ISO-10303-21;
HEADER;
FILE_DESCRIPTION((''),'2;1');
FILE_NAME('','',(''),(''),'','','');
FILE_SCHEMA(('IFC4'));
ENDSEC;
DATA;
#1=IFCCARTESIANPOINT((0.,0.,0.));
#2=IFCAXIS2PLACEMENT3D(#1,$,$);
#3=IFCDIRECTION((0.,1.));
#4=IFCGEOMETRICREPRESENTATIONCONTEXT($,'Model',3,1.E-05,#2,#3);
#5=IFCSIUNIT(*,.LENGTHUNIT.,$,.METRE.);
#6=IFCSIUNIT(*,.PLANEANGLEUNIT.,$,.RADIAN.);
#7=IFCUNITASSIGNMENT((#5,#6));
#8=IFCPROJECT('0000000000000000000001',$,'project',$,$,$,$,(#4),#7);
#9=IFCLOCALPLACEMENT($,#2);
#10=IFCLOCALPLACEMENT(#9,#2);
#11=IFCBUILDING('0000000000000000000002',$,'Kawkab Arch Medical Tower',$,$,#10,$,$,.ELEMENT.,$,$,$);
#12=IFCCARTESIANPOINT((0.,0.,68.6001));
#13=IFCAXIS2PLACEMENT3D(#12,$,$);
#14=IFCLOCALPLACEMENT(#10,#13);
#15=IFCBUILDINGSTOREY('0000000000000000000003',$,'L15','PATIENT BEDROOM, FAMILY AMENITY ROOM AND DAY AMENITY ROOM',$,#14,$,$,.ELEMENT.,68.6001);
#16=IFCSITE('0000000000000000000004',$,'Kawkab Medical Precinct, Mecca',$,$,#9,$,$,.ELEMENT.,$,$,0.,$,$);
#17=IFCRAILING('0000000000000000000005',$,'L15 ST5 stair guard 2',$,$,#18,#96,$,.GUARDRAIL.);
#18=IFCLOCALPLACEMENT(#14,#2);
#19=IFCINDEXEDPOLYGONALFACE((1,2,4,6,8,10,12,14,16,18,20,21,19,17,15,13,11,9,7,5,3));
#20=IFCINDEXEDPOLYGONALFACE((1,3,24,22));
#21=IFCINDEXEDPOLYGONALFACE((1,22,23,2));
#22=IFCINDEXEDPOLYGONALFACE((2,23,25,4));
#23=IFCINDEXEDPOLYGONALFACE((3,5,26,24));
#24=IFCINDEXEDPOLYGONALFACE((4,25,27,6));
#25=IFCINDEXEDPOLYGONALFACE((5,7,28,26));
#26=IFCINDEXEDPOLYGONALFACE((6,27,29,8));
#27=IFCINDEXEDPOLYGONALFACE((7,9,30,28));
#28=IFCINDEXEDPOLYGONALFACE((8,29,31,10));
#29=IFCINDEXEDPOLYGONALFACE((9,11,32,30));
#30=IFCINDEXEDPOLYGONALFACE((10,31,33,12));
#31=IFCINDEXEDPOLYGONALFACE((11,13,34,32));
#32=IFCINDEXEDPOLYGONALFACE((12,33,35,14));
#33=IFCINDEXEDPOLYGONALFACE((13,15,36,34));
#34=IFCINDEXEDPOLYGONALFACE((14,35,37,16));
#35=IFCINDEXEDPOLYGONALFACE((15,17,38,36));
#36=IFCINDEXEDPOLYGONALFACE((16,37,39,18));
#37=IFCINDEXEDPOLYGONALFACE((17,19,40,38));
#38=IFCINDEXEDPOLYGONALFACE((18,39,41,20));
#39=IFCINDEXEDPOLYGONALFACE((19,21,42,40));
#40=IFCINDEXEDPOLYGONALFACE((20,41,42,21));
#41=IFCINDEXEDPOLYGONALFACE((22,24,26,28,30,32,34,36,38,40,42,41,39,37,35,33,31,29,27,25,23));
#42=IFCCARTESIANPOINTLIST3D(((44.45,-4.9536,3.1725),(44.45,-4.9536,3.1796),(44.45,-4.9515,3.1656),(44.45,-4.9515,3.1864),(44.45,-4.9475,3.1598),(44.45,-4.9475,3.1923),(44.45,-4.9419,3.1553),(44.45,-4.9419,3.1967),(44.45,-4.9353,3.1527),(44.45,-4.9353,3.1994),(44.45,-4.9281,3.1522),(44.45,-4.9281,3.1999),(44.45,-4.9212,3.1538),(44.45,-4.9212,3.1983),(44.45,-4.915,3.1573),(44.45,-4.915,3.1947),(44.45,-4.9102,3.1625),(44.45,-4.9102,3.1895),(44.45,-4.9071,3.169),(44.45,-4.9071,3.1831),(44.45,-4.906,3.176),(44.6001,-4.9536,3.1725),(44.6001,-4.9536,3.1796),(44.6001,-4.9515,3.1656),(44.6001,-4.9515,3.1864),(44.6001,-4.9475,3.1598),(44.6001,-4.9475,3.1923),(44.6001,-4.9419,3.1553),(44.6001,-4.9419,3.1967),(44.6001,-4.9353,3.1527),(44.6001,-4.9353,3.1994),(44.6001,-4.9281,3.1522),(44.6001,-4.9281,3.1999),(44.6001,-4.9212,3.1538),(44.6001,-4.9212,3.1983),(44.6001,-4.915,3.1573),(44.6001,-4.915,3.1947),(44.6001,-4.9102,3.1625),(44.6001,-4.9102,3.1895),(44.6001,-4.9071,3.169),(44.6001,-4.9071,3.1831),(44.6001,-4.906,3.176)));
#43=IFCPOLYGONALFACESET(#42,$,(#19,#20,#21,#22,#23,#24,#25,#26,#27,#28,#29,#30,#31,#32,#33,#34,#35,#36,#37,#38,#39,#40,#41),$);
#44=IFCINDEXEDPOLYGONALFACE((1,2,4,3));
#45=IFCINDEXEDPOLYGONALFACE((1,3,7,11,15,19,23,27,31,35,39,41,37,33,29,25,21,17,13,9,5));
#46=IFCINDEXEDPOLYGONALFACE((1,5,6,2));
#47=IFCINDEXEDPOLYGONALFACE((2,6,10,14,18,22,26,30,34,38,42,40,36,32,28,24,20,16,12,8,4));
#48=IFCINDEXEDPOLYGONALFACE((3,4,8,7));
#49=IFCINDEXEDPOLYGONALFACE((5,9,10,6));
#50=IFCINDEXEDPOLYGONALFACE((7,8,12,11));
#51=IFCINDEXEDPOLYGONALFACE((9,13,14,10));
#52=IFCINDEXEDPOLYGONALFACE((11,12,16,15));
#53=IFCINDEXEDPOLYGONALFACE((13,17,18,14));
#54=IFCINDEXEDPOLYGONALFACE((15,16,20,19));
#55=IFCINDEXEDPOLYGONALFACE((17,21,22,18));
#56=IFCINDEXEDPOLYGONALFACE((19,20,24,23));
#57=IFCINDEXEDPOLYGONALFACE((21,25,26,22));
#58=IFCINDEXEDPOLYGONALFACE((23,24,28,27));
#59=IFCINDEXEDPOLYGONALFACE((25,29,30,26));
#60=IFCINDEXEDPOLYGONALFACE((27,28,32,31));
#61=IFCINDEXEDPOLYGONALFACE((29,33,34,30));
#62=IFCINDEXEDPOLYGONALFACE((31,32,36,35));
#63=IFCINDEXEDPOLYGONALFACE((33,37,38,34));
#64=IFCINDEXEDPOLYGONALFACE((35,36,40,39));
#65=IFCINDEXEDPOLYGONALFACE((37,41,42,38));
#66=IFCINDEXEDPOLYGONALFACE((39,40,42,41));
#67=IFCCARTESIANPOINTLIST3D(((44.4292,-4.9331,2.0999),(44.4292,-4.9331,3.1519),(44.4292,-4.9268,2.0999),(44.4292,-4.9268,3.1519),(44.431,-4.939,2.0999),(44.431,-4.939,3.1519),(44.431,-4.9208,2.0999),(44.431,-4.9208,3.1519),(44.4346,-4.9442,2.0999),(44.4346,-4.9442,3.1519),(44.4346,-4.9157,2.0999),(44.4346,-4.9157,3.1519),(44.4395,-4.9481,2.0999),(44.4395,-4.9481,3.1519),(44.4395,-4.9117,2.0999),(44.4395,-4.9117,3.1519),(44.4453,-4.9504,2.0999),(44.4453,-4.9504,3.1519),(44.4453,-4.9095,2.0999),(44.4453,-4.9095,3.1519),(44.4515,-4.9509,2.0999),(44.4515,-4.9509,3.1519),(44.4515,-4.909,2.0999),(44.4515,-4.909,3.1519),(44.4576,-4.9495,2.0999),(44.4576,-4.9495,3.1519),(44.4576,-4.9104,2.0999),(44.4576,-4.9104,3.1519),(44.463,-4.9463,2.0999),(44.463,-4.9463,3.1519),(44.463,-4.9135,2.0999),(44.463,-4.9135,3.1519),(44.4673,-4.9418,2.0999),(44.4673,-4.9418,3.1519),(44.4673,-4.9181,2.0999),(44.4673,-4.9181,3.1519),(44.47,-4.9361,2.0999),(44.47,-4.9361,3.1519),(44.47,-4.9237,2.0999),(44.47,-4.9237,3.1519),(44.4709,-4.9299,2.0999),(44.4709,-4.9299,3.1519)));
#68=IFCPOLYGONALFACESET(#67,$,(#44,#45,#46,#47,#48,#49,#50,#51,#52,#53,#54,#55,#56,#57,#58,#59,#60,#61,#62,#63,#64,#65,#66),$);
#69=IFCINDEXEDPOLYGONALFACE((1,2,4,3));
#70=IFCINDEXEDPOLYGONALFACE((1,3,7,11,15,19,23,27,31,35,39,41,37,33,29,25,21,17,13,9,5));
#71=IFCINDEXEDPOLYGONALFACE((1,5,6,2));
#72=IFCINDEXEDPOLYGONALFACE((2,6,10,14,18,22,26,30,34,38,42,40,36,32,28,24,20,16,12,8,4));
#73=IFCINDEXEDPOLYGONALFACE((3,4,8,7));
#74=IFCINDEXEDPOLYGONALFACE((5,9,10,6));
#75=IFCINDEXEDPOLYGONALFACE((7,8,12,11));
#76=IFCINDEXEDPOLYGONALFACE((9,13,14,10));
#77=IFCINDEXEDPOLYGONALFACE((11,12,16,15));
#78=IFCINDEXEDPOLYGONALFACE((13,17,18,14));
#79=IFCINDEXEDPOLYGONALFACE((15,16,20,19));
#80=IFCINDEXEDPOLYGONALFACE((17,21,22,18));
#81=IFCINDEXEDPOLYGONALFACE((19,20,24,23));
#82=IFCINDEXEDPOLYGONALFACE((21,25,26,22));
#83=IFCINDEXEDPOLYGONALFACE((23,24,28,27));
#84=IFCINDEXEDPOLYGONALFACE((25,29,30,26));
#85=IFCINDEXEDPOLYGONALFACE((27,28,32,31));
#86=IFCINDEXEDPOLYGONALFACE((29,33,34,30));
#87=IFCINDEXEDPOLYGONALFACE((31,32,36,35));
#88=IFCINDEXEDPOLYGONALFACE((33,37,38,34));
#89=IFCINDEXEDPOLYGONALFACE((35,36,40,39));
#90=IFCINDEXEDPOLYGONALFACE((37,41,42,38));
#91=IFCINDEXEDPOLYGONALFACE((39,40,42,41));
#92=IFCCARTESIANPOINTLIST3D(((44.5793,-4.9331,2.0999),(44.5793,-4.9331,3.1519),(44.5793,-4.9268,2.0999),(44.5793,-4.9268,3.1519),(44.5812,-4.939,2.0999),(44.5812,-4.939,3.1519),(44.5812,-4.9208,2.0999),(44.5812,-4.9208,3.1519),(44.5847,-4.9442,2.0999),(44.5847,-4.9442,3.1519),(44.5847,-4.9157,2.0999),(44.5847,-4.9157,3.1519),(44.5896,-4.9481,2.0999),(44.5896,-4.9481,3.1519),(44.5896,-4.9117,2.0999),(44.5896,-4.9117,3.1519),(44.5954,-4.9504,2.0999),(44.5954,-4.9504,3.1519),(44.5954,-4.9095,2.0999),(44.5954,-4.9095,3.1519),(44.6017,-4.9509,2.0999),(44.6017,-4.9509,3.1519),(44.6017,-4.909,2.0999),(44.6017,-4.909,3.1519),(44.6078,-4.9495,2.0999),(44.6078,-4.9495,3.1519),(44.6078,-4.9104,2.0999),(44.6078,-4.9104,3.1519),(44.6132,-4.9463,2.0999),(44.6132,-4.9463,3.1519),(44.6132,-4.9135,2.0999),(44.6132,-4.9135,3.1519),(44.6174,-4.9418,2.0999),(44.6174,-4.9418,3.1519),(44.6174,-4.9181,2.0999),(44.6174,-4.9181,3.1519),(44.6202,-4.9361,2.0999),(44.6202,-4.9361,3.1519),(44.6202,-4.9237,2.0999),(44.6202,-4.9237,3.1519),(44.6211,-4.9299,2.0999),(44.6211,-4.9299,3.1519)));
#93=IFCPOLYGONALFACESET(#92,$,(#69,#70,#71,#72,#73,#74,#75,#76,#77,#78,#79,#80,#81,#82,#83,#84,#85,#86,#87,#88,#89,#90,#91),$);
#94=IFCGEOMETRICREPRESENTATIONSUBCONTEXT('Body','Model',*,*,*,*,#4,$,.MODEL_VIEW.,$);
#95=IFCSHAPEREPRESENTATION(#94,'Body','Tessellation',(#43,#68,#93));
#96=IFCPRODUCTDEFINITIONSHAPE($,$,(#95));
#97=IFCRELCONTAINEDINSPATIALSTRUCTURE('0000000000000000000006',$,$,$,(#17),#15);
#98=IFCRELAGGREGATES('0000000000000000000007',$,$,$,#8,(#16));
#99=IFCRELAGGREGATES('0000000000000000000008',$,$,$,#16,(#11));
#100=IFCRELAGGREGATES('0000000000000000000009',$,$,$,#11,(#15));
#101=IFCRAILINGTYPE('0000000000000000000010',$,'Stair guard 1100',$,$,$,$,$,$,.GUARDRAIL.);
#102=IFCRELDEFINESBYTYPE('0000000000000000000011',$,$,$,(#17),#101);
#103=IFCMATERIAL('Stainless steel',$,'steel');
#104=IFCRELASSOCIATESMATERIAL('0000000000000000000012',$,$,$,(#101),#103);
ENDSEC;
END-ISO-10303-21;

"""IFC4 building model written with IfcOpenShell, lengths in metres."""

from ifc_helpers import new_model, si_unit, direction, frame, origin, origin_2d, place, context, subcontext, project, spatial, circle, extrude, material, type_object, element, save


model = new_model("IFC4")

# Units and contexts
model_context = context("Model", 3, precision=1e-05, world=origin(), true_north=direction((0.0, 1.0)))
body_context = subcontext(model_context, "Body", "Model", "MODEL_VIEW")
ifc_project = project(units=[si_unit("LENGTHUNIT", "METRE"), si_unit("PLANEANGLEUNIT", "RADIAN")], contexts=[model_context])

# Site, building, storey
site_placement = place(None, origin())
site = spatial("IfcSite", under=ifc_project, at=site_placement, Name="Kawkab Medical Precinct, Mecca", CompositionType="ELEMENT", RefElevation=0.0)
building_placement = place(site_placement, origin())
building = spatial("IfcBuilding", under=site, at=building_placement, Name="Kawkab Arch Medical Tower", CompositionType="ELEMENT")
storey_placement = place(building_placement, frame((0.0, 0.0, 68.6001)))
storey = spatial("IfcBuildingStorey", under=building, at=storey_placement, Name="L15", Description="PATIENT BEDROOM, FAMILY AMENITY ROOM AND DAY AMENITY ROOM", CompositionType="ELEMENT", Elevation=68.6001)

# Railing
ifc_material_1 = material(Name="Stainless steel", Category="steel")
railing_type = type_object("IfcRailingType", Name="Stair guard 1100", PredefinedType="GUARDRAIL", material=ifc_material_1)
railing_1_placement = place(storey_placement, frame((44.45, -4.9299, 2.0999)))
element("IfcRailing", 1, at=railing_1_placement, inside=storey, type_object=railing_type, Name="L15 ST5 stair guard 2", PredefinedType="GUARDRAIL", context=body_context, shape_type="SweptSolid", body=[
    extrude(circle(Radius=0.0239, at=origin_2d()), frame((0.0, 0.0, 1.0762), z_axis=(1.0, 0.0, 0.0), x_axis=(0.0, 1.0, 0.0)), (0.0, 0.0, 1.0), 0.1501),
    extrude(circle(Radius=0.021, at=origin_2d()), origin(), (0.0, 0.0, 1.0), 1.052),
    extrude(circle(Radius=0.021, at=origin_2d()), frame((0.1501, 0.0, 0.0)), (0.0, 0.0, 1.0), 1.052),
])

save(model, "model.ifc")
